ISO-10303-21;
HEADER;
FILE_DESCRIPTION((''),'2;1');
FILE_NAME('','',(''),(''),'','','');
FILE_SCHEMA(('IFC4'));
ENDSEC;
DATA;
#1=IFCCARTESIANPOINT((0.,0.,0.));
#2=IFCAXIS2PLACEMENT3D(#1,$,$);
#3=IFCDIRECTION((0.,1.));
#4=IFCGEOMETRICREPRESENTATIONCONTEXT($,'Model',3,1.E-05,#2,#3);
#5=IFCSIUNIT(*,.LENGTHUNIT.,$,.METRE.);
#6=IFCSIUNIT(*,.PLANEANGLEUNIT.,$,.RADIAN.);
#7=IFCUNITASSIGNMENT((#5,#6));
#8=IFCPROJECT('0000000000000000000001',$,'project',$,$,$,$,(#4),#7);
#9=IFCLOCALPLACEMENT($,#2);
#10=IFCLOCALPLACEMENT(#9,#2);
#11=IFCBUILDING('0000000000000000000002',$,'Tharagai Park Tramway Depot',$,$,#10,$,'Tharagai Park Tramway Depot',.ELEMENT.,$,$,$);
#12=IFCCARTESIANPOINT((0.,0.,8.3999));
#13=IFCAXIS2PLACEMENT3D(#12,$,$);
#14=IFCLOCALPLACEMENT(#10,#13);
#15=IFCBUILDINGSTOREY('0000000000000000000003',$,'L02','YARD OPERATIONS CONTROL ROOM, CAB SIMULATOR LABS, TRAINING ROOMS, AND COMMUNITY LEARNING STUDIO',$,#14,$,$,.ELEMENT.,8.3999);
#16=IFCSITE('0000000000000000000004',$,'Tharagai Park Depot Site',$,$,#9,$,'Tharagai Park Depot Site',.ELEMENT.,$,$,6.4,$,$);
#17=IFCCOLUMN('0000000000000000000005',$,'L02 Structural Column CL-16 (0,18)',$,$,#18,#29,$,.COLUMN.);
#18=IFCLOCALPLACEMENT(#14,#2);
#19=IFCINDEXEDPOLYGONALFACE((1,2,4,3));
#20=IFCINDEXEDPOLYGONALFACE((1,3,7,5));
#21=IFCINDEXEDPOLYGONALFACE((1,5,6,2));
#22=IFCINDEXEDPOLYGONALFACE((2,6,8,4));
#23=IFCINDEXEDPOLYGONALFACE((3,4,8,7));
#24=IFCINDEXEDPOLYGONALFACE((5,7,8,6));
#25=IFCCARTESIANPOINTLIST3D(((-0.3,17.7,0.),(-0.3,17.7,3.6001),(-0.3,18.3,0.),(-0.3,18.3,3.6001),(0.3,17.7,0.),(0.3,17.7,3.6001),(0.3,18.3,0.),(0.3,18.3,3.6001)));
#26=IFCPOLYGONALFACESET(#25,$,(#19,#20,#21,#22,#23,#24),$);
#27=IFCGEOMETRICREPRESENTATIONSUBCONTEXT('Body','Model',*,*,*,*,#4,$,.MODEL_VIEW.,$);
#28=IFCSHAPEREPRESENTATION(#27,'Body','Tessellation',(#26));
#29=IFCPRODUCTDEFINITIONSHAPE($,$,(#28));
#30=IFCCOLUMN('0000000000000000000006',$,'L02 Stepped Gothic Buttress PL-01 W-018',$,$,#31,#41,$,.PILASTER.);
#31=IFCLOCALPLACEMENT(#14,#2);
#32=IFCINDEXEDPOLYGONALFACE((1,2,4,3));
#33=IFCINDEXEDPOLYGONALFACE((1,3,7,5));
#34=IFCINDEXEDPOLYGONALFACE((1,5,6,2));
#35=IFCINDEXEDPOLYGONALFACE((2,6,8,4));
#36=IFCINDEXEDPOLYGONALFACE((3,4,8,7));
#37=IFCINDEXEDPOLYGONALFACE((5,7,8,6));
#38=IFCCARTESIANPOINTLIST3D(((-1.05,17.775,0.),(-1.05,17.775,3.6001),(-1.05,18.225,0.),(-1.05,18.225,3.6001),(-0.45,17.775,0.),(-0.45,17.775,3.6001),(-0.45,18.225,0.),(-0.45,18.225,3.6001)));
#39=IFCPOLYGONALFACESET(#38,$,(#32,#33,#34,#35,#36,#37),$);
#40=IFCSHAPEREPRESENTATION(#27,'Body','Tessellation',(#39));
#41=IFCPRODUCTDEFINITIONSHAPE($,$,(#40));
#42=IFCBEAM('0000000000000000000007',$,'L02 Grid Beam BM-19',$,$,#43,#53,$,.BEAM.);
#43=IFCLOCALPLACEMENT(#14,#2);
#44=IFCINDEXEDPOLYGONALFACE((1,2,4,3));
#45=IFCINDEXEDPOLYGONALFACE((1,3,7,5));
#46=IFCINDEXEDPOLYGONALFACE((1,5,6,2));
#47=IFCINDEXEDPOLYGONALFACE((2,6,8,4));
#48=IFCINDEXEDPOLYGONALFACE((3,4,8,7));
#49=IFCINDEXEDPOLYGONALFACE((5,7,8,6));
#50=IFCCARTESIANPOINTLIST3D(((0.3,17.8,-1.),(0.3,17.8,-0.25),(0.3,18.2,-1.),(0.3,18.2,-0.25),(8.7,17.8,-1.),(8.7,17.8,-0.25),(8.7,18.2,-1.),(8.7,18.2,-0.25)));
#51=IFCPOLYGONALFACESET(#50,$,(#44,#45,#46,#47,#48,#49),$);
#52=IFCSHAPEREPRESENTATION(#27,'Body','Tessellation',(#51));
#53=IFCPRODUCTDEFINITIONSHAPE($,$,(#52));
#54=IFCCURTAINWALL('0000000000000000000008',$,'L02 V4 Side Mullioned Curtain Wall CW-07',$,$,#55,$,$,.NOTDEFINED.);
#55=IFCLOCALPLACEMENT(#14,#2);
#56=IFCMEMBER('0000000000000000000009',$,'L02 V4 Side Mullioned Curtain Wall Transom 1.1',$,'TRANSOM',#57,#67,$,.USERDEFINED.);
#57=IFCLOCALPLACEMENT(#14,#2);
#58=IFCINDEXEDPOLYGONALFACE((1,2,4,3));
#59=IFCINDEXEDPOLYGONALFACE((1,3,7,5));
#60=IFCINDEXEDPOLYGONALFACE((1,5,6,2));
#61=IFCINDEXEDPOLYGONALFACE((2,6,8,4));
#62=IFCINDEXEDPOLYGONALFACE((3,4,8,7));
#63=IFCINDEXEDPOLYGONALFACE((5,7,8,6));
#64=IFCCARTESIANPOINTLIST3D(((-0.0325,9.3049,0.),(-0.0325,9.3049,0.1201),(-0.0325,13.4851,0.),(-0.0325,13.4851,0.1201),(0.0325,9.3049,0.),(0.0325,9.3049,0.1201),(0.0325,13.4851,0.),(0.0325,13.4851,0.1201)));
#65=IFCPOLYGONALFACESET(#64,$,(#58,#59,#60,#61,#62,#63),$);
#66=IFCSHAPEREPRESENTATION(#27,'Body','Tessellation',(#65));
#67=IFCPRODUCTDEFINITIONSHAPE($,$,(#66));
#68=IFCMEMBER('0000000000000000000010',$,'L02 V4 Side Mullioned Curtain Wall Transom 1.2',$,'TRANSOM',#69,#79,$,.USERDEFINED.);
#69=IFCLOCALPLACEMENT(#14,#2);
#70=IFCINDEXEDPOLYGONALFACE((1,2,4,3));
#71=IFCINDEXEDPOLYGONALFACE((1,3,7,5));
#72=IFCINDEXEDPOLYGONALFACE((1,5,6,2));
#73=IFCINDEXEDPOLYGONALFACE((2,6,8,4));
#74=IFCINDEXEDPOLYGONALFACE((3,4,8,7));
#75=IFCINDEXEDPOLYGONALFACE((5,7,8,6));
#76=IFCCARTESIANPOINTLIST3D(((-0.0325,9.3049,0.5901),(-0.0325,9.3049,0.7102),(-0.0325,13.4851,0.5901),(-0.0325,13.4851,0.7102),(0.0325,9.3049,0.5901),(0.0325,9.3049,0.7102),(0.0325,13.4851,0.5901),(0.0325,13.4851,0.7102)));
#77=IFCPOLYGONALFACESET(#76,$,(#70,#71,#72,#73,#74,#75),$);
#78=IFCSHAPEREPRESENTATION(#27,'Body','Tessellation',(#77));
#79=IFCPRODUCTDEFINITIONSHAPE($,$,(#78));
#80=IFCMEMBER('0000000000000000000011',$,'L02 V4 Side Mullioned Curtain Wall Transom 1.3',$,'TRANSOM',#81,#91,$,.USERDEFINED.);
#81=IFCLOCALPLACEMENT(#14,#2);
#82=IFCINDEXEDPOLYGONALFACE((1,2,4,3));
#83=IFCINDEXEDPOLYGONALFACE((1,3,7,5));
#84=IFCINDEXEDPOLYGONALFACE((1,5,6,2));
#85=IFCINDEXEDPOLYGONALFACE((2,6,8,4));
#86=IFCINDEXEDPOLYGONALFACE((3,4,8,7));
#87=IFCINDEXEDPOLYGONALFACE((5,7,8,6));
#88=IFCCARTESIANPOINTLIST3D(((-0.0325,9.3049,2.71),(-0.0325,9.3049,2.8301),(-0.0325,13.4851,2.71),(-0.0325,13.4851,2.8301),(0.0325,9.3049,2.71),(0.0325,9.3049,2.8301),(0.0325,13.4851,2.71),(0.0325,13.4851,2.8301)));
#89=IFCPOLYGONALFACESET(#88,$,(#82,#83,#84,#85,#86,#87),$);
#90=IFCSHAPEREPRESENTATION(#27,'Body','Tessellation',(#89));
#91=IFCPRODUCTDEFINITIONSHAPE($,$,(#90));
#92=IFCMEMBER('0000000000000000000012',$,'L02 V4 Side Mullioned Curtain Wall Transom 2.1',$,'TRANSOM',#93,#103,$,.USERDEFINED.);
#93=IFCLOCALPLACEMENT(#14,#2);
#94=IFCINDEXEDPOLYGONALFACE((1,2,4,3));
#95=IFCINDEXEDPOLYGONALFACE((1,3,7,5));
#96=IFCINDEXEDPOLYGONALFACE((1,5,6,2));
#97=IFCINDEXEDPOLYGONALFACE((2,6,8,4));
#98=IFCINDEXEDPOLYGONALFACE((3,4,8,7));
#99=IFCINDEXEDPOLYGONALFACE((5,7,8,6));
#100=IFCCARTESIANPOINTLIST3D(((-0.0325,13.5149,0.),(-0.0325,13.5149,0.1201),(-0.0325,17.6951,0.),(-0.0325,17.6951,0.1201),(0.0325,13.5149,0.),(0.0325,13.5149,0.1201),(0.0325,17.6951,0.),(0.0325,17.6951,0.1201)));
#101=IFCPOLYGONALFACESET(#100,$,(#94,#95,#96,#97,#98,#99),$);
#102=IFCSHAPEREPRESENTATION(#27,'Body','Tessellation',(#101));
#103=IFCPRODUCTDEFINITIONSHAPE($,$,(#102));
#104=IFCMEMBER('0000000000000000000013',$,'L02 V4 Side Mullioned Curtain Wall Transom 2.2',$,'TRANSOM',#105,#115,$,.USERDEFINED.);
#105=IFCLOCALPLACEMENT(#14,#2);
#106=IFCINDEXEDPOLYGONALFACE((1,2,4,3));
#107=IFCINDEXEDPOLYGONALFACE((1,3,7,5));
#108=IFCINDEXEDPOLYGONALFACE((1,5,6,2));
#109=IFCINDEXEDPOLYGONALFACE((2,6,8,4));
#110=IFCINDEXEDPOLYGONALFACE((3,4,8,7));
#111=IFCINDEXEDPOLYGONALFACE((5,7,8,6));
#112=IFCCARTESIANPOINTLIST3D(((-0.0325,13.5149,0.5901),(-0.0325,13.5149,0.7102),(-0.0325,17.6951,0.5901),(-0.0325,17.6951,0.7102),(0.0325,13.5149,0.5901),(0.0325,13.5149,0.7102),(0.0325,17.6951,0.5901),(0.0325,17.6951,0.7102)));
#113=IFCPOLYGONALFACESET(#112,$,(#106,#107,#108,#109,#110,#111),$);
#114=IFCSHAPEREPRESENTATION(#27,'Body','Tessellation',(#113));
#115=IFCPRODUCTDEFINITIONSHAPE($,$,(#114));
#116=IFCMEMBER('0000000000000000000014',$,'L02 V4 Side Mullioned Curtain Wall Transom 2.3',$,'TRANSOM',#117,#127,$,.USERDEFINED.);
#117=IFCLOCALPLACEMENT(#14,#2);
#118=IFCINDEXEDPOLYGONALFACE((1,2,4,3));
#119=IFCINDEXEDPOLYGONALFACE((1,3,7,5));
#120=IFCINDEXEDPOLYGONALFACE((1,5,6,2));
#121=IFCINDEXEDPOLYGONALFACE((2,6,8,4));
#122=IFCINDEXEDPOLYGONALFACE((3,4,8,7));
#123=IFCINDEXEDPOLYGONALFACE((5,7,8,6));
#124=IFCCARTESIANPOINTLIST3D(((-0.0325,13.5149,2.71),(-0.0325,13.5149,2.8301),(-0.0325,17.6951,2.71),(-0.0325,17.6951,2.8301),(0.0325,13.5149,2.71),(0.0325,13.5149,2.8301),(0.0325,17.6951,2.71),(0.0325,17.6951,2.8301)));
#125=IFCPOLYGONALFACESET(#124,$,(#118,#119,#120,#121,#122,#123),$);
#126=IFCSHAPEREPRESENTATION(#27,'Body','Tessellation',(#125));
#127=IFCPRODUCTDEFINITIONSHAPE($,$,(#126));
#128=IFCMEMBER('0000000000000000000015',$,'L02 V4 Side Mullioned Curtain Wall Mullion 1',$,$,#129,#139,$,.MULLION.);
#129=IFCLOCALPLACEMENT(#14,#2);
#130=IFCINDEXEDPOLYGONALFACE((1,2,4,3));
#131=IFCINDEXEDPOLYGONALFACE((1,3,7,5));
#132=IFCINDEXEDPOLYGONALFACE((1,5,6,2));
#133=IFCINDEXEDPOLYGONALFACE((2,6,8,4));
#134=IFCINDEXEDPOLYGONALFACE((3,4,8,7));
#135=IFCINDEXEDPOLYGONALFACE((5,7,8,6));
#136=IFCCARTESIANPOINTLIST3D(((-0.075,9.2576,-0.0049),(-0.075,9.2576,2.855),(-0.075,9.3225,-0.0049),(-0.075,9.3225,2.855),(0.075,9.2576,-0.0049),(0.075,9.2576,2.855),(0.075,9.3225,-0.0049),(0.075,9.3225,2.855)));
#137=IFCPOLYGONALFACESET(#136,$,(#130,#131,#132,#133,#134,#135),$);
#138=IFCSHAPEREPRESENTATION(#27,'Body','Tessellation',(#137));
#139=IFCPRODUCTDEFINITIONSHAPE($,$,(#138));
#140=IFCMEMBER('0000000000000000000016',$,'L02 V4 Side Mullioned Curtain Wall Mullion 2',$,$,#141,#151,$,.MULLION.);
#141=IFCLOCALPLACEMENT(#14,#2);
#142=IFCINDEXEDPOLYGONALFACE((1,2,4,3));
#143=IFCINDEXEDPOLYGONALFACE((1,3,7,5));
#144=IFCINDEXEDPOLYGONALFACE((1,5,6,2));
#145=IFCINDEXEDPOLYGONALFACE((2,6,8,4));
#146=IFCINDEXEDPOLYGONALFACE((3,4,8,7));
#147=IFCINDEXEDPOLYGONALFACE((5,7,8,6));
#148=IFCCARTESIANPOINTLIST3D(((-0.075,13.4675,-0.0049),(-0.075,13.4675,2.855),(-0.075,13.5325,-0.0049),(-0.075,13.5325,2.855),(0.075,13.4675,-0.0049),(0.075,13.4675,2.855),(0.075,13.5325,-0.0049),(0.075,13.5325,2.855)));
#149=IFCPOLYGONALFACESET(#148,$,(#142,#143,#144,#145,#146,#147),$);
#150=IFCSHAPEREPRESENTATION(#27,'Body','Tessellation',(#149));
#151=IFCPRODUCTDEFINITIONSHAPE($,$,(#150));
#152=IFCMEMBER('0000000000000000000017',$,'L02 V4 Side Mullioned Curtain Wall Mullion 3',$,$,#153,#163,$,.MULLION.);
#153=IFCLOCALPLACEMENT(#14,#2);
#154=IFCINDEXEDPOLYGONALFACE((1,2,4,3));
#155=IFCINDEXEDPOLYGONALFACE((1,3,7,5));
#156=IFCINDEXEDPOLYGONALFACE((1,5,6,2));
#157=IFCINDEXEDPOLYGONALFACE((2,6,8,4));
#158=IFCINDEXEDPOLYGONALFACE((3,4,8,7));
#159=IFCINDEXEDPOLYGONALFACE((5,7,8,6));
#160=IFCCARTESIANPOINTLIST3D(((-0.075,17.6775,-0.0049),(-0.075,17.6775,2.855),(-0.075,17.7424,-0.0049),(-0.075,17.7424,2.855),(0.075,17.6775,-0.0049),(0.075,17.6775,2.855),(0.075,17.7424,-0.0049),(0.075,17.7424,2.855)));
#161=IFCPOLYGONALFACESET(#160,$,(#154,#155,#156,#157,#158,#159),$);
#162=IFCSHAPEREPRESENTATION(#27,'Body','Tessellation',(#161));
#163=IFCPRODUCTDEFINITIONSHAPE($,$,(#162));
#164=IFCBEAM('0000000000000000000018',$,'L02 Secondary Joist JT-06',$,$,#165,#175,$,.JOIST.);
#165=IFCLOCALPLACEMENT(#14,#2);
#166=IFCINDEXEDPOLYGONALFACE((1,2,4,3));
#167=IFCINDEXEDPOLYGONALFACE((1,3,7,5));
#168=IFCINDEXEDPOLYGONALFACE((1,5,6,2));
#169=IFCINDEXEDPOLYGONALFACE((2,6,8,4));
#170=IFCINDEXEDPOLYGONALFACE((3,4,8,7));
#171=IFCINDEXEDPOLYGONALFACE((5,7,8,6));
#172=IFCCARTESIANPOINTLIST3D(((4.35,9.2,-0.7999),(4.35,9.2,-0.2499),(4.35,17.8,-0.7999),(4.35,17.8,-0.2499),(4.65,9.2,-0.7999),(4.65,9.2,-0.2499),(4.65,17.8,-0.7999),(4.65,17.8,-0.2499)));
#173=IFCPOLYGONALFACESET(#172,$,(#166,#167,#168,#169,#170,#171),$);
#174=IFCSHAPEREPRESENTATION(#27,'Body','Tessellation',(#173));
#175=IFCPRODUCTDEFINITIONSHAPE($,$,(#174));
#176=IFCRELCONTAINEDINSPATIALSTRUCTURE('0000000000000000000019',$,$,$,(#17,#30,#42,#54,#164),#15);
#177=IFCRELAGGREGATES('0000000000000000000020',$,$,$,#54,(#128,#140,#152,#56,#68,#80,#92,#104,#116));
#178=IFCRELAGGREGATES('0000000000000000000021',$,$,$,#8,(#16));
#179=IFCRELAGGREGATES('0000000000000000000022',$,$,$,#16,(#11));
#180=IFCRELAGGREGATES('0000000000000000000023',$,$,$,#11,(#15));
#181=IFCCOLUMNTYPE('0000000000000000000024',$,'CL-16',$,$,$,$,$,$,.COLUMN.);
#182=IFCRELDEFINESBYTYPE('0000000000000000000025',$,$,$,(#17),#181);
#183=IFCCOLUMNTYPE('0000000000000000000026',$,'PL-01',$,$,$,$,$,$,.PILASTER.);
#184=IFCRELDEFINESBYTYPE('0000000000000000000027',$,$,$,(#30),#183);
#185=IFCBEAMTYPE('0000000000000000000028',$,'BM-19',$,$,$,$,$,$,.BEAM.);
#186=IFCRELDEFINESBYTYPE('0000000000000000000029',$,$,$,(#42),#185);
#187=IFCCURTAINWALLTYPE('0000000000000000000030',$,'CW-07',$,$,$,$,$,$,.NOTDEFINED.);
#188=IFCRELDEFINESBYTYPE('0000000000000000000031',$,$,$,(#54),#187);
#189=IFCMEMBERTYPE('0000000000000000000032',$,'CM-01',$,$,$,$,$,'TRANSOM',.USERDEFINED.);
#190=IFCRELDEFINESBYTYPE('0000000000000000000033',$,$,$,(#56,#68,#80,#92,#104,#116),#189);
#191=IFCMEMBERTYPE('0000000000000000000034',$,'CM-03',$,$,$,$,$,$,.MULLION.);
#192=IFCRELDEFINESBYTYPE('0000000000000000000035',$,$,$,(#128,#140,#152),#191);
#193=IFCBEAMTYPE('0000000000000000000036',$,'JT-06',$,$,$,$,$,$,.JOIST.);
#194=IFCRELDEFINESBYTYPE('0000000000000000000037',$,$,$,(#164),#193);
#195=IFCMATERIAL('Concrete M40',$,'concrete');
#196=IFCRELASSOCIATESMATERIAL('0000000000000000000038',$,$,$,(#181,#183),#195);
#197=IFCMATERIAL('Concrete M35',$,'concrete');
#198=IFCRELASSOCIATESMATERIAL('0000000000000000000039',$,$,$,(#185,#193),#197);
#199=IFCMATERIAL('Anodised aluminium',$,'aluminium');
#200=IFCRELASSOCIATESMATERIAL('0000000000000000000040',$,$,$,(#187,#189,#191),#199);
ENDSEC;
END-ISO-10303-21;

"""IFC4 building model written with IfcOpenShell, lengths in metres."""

from ifc_helpers import new_model, si_unit, direction, frame, origin, origin_2d, place, context, subcontext, project, spatial, rectangle, extrude, material, material_profile, profile_set, type_object, element, aggregate, save


model = new_model("IFC4")

# Units and contexts
model_context = context("Model", 3, precision=1e-05, world=origin(), true_north=direction((0.0, 1.0)))
body_context = subcontext(model_context, "Body", "Model", "MODEL_VIEW")
ifc_project = project(units=[si_unit("LENGTHUNIT", "METRE"), si_unit("PLANEANGLEUNIT", "RADIAN")], contexts=[model_context])

# Site, building, storey
site_placement = place(None, origin())
site = spatial("IfcSite", under=ifc_project, at=site_placement, Name="Tharagai Park Depot Site", LongName="Tharagai Park Depot Site", CompositionType="ELEMENT", RefElevation=6.4)
building_placement = place(site_placement, origin())
building = spatial("IfcBuilding", under=site, at=building_placement, Name="Tharagai Park Tramway Depot", LongName="Tharagai Park Tramway Depot", CompositionType="ELEMENT")
storey_placement = place(building_placement, frame((0.0, 0.0, 8.3999)))
storey = spatial("IfcBuildingStorey", under=building, at=storey_placement, Name="L02", Description="YARD OPERATIONS CONTROL ROOM, CAB SIMULATOR LABS, TRAINING ROOMS, AND COMMUNITY LEARNING STUDIO", CompositionType="ELEMENT", Elevation=8.3999)

# Columns
ifc_material_1 = material(Name="Concrete M40", Category="concrete")
ifc_material_profile_1 = material_profile(ifc_material_1, rectangle(XDim=0.6001, YDim=0.6001, at=origin_2d()), Name="RC 600x600")
ifc_profile_set_1 = profile_set([ifc_material_profile_1], Name="Concrete M40")
column_type_1 = type_object("IfcColumnType", Name="CL-16", PredefinedType="COLUMN", material=ifc_profile_set_1)
column_1_placement = place(storey_placement, frame((0.0, 18.0, 0.0), z_axis=(0.0, 0.0, 1.0), x_axis=(1.0, 0.0, 0.0)))
element("IfcColumn", 1, at=column_1_placement, inside=storey, type_object=column_type_1, Name="L02 Structural Column CL-16 (0,18)", PredefinedType="COLUMN", context=body_context, shape_type="SweptSolid", body=[
    extrude(rectangle(XDim=0.6001, YDim=0.6001, at=origin_2d()), origin(), (0.0, 0.0, 1.0), 3.6001),
])
ifc_material_profile_2 = material_profile(ifc_material_1, rectangle(XDim=0.45, YDim=0.6001, at=origin_2d()), Name="RC 450x600")
ifc_profile_set_2 = profile_set([ifc_material_profile_2], Name="Concrete M40")
column_type_2 = type_object("IfcColumnType", Name="PL-01", PredefinedType="PILASTER", material=ifc_profile_set_2)
column_2_placement = place(storey_placement, frame((-0.75, 18.0, 0.0), z_axis=(0.0, 0.0, 1.0), x_axis=(0.0, 1.0, 0.0)))
element("IfcColumn", 2, at=column_2_placement, inside=storey, type_object=column_type_2, Name="L02 Stepped Gothic Buttress PL-01 W-018", PredefinedType="PILASTER", context=body_context, shape_type="SweptSolid", body=[
    extrude(rectangle(XDim=0.45, YDim=0.6001, at=origin_2d()), origin(), (0.0, 0.0, 1.0), 3.6001),
])

# Beam
ifc_material_2 = material(Name="Concrete M35", Category="concrete")
ifc_material_profile_3 = material_profile(ifc_material_2, rectangle(XDim=0.3999, YDim=0.75, at=origin_2d()), Name="RC 400x750")
ifc_profile_set_3 = profile_set([ifc_material_profile_3], Name="Concrete M35")
beam_type_1 = type_object("IfcBeamType", Name="BM-19", PredefinedType="BEAM", material=ifc_profile_set_3)
beam_1_placement = place(storey_placement, frame((0.3, 18.0, -0.625), z_axis=(1.0, 0.0, 0.0), x_axis=(0.0, 1.0, 0.0)))
element("IfcBeam", 3, at=beam_1_placement, inside=storey, type_object=beam_type_1, Name="L02 Grid Beam BM-19", PredefinedType="BEAM", context=body_context, shape_type="SweptSolid", body=[
    extrude(rectangle(XDim=0.3999, YDim=0.75, at=origin_2d()), origin(), (0.0, 0.0, 1.0), 8.3999),
])

# Curtain wall, members
ifc_material_3 = material(Name="Anodised aluminium", Category="aluminium")
curtain_wall_type = type_object("IfcCurtainWallType", Name="CW-07", PredefinedType="NOTDEFINED", material=ifc_material_3)
curtain_wall_placement = place(storey_placement, origin())
curtain_wall = element("IfcCurtainWall", 4, at=curtain_wall_placement, inside=storey, type_object=curtain_wall_type, Name="L02 V4 Side Mullioned Curtain Wall CW-07", PredefinedType="NOTDEFINED")
ifc_material_profile_4 = material_profile(ifc_material_3, rectangle(XDim=0.0649, YDim=0.1201, at=origin_2d()), Name="ALU 65x120")
ifc_profile_set_4 = profile_set([ifc_material_profile_4], Name="Anodised aluminium")
member_type_1 = type_object("IfcMemberType", Name="CM-01", ElementType="TRANSOM", PredefinedType="USERDEFINED", material=ifc_profile_set_4)
member_1_placement = place(storey_placement, frame((0.0, 9.3049, 0.0601), z_axis=(0.0, 1.0, 0.0), x_axis=(-1.0, 0.0, 0.0)))
member_1 = element("IfcMember", 5, at=member_1_placement, type_object=member_type_1, Name="L02 V4 Side Mullioned Curtain Wall Transom 1.1", ObjectType="TRANSOM", PredefinedType="USERDEFINED", context=body_context, shape_type="SweptSolid", body=[
    extrude(rectangle(XDim=0.0649, YDim=0.1201, at=origin_2d()), origin(), (0.0, 0.0, 1.0), 4.1802),
])
member_2_placement = place(storey_placement, frame((0.0, 9.3049, 0.6501), z_axis=(0.0, 1.0, 0.0), x_axis=(-1.0, 0.0, 0.0)))
member_2 = element("IfcMember", 6, at=member_2_placement, type_object=member_type_1, Name="L02 V4 Side Mullioned Curtain Wall Transom 1.2", ObjectType="TRANSOM", PredefinedType="USERDEFINED", context=body_context, shape_type="SweptSolid", body=[
    extrude(rectangle(XDim=0.0649, YDim=0.1201, at=origin_2d()), origin(), (0.0, 0.0, 1.0), 4.1802),
])
member_3_placement = place(storey_placement, frame((0.0, 9.3049, 2.77), z_axis=(0.0, 1.0, 0.0), x_axis=(-1.0, 0.0, 0.0)))
member_3 = element("IfcMember", 7, at=member_3_placement, type_object=member_type_1, Name="L02 V4 Side Mullioned Curtain Wall Transom 1.3", ObjectType="TRANSOM", PredefinedType="USERDEFINED", context=body_context, shape_type="SweptSolid", body=[
    extrude(rectangle(XDim=0.0649, YDim=0.1201, at=origin_2d()), origin(), (0.0, 0.0, 1.0), 4.1802),
])
member_4_placement = place(storey_placement, frame((0.0, 13.5149, 0.0601), z_axis=(0.0, 1.0, 0.0), x_axis=(-1.0, 0.0, 0.0)))
member_4 = element("IfcMember", 8, at=member_4_placement, type_object=member_type_1, Name="L02 V4 Side Mullioned Curtain Wall Transom 2.1", ObjectType="TRANSOM", PredefinedType="USERDEFINED", context=body_context, shape_type="SweptSolid", body=[
    extrude(rectangle(XDim=0.0649, YDim=0.1201, at=origin_2d()), origin(), (0.0, 0.0, 1.0), 4.1802),
])
member_5_placement = place(storey_placement, frame((0.0, 13.5149, 0.6501), z_axis=(0.0, 1.0, 0.0), x_axis=(-1.0, 0.0, 0.0)))
member_5 = element("IfcMember", 9, at=member_5_placement, type_object=member_type_1, Name="L02 V4 Side Mullioned Curtain Wall Transom 2.2", ObjectType="TRANSOM", PredefinedType="USERDEFINED", context=body_context, shape_type="SweptSolid", body=[
    extrude(rectangle(XDim=0.0649, YDim=0.1201, at=origin_2d()), origin(), (0.0, 0.0, 1.0), 4.1802),
])
member_6_placement = place(storey_placement, frame((0.0, 13.5149, 2.77), z_axis=(0.0, 1.0, 0.0), x_axis=(-1.0, 0.0, 0.0)))
member_6 = element("IfcMember", 10, at=member_6_placement, type_object=member_type_1, Name="L02 V4 Side Mullioned Curtain Wall Transom 2.3", ObjectType="TRANSOM", PredefinedType="USERDEFINED", context=body_context, shape_type="SweptSolid", body=[
    extrude(rectangle(XDim=0.0649, YDim=0.1201, at=origin_2d()), origin(), (0.0, 0.0, 1.0), 4.1802),
])
ifc_material_profile_5 = material_profile(ifc_material_3, rectangle(XDim=0.0649, YDim=0.1499, at=origin_2d()), Name="ALU 65x150")
ifc_profile_set_5 = profile_set([ifc_material_profile_5], Name="Anodised aluminium")
member_type_2 = type_object("IfcMemberType", Name="CM-03", PredefinedType="MULLION", material=ifc_profile_set_5)
member_7_placement = place(storey_placement, frame((0.0, 9.29, -0.0049), z_axis=(0.0, 0.0, 1.0), x_axis=(0.0, 1.0, 0.0)))
member_7 = element("IfcMember", 11, at=member_7_placement, type_object=member_type_2, Name="L02 V4 Side Mullioned Curtain Wall Mullion 1", PredefinedType="MULLION", context=body_context, shape_type="SweptSolid", body=[
    extrude(rectangle(XDim=0.0649, YDim=0.1499, at=origin_2d()), origin(), (0.0, 0.0, 1.0), 2.8599),
])
member_8_placement = place(storey_placement, frame((0.0, 13.5, -0.0049), z_axis=(0.0, 0.0, 1.0), x_axis=(0.0, 1.0, 0.0)))
member_8 = element("IfcMember", 12, at=member_8_placement, type_object=member_type_2, Name="L02 V4 Side Mullioned Curtain Wall Mullion 2", PredefinedType="MULLION", context=body_context, shape_type="SweptSolid", body=[
    extrude(rectangle(XDim=0.0649, YDim=0.1499, at=origin_2d()), origin(), (0.0, 0.0, 1.0), 2.8599),
])
member_9_placement = place(storey_placement, frame((0.0, 17.71, -0.0049), z_axis=(0.0, 0.0, 1.0), x_axis=(0.0, 1.0, 0.0)))
member_9 = element("IfcMember", 13, at=member_9_placement, type_object=member_type_2, Name="L02 V4 Side Mullioned Curtain Wall Mullion 3", PredefinedType="MULLION", context=body_context, shape_type="SweptSolid", body=[
    extrude(rectangle(XDim=0.0649, YDim=0.1499, at=origin_2d()), origin(), (0.0, 0.0, 1.0), 2.8599),
])

# Beam
ifc_material_profile_6 = material_profile(ifc_material_2, rectangle(XDim=0.3, YDim=0.55, at=origin_2d()), Name="RC 300x550")
ifc_profile_set_6 = profile_set([ifc_material_profile_6], Name="Concrete M35")
beam_type_2 = type_object("IfcBeamType", Name="JT-06", PredefinedType="JOIST", material=ifc_profile_set_6)
beam_2_placement = place(storey_placement, frame((4.5, 9.2, -0.5249), z_axis=(0.0, 1.0, 0.0), x_axis=(-1.0, 0.0, 0.0)))
element("IfcBeam", 14, at=beam_2_placement, inside=storey, type_object=beam_type_2, Name="L02 Secondary Joist JT-06", PredefinedType="JOIST", context=body_context, shape_type="SweptSolid", body=[
    extrude(rectangle(XDim=0.3, YDim=0.55, at=origin_2d()), origin(), (0.0, 0.0, 1.0), 8.6001),
])

aggregate(curtain_wall, [member_7, member_8, member_9, member_1, member_2, member_3, member_4, member_5, member_6])

save(model, "model.ifc")
